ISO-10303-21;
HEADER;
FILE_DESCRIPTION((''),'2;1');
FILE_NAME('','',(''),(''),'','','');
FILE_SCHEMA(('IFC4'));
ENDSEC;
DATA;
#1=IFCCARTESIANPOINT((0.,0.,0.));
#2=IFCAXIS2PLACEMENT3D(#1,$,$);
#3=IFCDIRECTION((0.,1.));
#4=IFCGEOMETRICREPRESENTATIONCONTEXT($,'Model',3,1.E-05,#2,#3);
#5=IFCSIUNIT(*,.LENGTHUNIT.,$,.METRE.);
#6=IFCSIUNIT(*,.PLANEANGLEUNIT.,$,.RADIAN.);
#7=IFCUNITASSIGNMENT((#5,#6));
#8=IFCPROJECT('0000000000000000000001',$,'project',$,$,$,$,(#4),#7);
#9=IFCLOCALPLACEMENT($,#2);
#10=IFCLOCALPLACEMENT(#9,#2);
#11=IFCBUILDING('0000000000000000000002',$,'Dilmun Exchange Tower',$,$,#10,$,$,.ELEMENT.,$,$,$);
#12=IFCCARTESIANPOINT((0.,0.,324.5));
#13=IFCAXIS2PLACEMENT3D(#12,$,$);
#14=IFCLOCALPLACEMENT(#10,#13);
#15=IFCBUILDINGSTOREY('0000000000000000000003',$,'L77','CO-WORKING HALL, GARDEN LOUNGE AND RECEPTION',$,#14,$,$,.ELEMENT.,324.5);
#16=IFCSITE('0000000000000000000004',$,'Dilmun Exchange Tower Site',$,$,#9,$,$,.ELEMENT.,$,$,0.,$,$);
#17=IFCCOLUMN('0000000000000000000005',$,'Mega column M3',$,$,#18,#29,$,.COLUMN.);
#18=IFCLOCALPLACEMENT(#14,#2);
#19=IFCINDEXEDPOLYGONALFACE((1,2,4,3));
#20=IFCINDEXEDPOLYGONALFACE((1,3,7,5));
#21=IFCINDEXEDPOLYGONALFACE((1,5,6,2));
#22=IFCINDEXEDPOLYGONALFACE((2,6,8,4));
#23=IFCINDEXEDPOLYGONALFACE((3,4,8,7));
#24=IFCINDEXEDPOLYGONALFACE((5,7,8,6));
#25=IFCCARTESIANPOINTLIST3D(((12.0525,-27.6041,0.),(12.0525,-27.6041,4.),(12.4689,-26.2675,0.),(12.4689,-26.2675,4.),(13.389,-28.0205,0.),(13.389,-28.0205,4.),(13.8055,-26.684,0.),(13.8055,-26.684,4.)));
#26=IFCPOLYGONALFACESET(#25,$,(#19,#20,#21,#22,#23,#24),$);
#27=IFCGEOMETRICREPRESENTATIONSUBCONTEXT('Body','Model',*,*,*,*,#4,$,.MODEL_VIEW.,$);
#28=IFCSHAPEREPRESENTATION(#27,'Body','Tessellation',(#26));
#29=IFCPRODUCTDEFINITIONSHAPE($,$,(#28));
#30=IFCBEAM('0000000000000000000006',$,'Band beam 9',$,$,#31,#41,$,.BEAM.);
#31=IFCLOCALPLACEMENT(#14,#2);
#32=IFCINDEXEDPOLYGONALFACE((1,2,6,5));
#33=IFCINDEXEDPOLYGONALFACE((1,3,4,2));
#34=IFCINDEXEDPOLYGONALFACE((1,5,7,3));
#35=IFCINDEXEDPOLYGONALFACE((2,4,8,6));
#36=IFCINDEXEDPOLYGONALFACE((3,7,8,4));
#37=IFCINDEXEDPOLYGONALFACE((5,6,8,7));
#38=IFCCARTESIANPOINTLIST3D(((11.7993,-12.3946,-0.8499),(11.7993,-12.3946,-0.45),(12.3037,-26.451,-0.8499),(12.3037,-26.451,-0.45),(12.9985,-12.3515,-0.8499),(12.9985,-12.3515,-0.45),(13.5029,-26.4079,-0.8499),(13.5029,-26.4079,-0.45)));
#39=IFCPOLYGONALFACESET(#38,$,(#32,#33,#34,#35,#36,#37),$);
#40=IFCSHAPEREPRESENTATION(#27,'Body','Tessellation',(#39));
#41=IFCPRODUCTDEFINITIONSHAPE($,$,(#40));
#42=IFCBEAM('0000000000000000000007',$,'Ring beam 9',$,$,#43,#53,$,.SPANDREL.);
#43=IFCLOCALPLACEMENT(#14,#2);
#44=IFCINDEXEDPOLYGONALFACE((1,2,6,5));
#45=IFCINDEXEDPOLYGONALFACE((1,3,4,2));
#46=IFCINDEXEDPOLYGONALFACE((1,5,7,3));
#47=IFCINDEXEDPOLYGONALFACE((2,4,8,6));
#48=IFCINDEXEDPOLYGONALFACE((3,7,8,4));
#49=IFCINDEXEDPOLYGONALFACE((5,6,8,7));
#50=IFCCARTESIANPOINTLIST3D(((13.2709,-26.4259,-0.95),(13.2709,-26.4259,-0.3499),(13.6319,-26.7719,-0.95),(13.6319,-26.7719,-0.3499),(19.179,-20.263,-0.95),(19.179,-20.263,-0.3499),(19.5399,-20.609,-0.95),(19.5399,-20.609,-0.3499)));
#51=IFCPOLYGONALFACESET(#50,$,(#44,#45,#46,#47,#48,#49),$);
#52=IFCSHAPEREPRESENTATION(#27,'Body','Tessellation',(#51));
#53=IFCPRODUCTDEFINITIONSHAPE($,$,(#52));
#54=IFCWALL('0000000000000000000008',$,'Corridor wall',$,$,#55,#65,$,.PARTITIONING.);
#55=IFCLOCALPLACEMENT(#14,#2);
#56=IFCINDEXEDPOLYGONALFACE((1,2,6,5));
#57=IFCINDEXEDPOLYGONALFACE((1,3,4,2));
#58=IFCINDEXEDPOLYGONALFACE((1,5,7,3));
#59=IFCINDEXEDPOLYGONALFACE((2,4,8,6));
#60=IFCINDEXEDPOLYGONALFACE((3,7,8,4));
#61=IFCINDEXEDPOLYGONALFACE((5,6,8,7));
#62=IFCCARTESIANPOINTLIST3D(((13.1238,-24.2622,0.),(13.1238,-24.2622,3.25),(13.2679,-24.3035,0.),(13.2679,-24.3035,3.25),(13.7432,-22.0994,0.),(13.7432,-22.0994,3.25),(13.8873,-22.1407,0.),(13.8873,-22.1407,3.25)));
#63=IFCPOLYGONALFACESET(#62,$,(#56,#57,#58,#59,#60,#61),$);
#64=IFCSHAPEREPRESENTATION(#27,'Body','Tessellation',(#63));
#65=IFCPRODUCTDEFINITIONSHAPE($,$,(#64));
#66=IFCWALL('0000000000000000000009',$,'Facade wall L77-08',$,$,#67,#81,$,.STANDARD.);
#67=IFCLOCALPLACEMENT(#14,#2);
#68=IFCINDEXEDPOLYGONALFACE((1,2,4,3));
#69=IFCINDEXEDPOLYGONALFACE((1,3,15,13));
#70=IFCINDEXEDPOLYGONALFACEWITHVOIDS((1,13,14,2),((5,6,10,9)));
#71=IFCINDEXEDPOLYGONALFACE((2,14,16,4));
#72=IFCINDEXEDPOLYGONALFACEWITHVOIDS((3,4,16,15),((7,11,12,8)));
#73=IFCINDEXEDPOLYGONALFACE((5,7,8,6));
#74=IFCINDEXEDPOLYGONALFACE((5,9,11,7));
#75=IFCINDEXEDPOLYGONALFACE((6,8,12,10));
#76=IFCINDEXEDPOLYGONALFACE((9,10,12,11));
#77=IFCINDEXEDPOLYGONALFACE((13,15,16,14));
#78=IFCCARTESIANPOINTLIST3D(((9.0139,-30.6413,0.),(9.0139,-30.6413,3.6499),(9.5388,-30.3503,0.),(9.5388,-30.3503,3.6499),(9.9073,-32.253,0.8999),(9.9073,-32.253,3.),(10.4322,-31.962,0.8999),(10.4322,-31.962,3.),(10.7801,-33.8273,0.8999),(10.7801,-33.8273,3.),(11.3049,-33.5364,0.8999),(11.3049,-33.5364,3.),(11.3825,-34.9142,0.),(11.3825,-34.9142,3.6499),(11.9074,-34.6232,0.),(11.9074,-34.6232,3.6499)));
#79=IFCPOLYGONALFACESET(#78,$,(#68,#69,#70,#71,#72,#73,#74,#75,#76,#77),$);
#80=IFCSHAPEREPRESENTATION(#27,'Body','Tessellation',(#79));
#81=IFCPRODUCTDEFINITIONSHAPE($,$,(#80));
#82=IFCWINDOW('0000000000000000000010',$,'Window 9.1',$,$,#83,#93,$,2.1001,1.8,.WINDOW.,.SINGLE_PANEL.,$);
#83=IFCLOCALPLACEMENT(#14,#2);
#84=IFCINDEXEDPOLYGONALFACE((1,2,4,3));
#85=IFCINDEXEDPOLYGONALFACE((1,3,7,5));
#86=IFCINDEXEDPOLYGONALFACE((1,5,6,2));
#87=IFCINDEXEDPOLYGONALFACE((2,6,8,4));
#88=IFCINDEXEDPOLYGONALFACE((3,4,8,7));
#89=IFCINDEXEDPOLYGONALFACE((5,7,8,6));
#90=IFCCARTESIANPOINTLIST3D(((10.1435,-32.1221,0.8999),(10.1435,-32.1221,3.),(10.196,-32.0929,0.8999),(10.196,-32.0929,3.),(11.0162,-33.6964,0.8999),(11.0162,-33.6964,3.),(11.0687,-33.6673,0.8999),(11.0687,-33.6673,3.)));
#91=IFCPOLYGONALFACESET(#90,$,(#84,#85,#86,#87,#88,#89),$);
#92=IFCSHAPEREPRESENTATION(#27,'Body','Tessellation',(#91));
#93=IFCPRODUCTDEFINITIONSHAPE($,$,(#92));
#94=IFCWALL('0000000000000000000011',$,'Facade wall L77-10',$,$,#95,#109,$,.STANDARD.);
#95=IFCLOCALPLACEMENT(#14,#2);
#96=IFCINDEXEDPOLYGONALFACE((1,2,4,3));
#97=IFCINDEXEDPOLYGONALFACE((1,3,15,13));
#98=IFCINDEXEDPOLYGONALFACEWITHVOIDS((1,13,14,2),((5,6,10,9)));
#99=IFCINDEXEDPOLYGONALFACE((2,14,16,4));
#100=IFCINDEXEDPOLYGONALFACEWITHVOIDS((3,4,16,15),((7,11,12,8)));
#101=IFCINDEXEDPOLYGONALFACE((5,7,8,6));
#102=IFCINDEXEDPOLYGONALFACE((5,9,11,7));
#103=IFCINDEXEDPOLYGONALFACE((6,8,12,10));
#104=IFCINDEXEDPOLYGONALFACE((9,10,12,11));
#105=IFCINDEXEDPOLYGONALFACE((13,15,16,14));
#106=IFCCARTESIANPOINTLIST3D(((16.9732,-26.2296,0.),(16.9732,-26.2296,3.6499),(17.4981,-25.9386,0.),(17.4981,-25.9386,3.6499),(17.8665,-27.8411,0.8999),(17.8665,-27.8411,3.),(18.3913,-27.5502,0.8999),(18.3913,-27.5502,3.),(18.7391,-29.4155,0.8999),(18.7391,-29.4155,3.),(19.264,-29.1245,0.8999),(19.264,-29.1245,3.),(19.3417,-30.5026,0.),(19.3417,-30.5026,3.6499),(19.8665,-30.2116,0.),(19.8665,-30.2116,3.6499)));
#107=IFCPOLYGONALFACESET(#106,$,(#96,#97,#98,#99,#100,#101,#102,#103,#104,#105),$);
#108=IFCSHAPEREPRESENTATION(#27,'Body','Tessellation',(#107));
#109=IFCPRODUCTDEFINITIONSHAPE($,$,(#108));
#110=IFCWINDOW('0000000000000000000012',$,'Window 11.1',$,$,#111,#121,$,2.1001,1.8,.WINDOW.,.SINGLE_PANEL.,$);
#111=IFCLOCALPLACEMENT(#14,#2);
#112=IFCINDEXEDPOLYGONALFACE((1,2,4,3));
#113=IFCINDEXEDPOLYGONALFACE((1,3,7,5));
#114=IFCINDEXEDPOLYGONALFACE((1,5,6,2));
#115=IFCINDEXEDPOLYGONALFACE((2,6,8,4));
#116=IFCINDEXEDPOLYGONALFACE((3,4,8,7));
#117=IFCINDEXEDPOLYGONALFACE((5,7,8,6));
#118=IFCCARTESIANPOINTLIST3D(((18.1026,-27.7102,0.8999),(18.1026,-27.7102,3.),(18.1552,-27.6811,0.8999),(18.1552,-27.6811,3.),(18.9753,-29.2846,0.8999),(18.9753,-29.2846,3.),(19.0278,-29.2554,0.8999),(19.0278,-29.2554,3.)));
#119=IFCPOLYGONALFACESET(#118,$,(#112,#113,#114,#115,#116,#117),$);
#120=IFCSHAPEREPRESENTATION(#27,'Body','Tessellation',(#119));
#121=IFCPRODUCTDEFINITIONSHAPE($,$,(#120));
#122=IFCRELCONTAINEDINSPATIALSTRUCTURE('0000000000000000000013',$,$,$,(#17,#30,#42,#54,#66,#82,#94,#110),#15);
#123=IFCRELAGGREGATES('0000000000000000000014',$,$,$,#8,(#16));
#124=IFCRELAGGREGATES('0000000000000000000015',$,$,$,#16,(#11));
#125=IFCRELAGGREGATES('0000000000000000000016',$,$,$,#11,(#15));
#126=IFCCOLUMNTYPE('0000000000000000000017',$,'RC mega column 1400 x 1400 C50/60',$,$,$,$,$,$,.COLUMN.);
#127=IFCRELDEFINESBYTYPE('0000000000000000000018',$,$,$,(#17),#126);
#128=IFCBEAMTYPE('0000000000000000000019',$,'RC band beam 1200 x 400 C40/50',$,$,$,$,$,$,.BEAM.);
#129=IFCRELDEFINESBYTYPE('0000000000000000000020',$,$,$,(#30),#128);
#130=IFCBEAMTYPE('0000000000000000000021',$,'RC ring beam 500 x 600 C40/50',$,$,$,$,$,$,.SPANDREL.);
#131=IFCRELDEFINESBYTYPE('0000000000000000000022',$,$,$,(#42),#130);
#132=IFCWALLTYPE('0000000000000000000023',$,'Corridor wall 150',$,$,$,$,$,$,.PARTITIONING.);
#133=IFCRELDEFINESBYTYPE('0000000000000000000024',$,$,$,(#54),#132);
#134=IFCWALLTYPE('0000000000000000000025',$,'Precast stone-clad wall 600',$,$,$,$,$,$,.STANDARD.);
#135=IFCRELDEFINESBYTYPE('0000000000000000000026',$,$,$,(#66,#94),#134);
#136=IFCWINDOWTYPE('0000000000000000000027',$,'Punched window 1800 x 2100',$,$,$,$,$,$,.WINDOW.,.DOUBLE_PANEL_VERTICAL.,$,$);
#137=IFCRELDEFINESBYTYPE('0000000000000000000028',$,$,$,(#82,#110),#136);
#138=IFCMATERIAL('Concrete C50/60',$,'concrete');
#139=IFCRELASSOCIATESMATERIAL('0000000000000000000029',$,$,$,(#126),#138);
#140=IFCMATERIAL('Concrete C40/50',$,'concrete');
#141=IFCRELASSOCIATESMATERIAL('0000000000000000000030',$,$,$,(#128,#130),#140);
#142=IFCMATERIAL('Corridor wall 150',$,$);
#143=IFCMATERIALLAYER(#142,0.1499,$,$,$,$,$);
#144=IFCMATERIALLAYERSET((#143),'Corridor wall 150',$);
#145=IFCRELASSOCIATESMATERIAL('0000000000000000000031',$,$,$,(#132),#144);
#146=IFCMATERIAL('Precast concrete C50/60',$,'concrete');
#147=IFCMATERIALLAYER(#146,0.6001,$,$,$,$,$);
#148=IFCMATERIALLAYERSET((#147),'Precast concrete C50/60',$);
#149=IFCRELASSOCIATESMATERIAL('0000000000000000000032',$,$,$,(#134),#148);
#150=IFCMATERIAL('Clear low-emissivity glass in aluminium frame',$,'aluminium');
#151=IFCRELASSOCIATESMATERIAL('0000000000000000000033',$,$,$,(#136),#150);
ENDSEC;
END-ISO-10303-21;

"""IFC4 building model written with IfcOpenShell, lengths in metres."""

from ifc_helpers import new_model, si_unit, direction, frame, frame_2d, origin, origin_2d, place, context, subcontext, project, spatial, rectangle, extrude, material, layer, layer_set, material_profile, profile_set, type_object, element, fill, save


model = new_model("IFC4")

# Units and contexts
model_context = context("Model", 3, precision=1e-05, world=origin(), true_north=direction((0.0, 1.0)))
body_context = subcontext(model_context, "Body", "Model", "MODEL_VIEW")
ifc_project = project(units=[si_unit("LENGTHUNIT", "METRE"), si_unit("PLANEANGLEUNIT", "RADIAN")], contexts=[model_context])

# Site, building, storey
site_placement = place(None, origin())
site = spatial("IfcSite", under=ifc_project, at=site_placement, Name="Dilmun Exchange Tower Site", CompositionType="ELEMENT", RefElevation=0.0)
building_placement = place(site_placement, origin())
building = spatial("IfcBuilding", under=site, at=building_placement, Name="Dilmun Exchange Tower", CompositionType="ELEMENT")
storey_placement = place(building_placement, frame((0.0, 0.0, 324.5)))
storey = spatial("IfcBuildingStorey", under=building, at=storey_placement, Name="L77", Description="CO-WORKING HALL, GARDEN LOUNGE AND RECEPTION", CompositionType="ELEMENT", Elevation=324.5)

# Column
ifc_material_1 = material(Name="Concrete C50/60", Category="concrete")
ifc_material_profile_1 = material_profile(ifc_material_1, rectangle(XDim=1.3999, YDim=1.3999, at=origin_2d()), Name="1400 x 1400")
ifc_profile_set_1 = profile_set([ifc_material_profile_1], Name="Concrete C50/60")
column_type = type_object("IfcColumnType", Name="RC mega column 1400 x 1400 C50/60", PredefinedType="COLUMN", material=ifc_profile_set_1)
column_placement = place(storey_placement, frame((12.929, -27.144, 0.0), z_axis=(0.0, 0.0, 1.0), x_axis=(0.297503, 0.954721, 0.0)))
element("IfcColumn", 1, at=column_placement, inside=storey, type_object=column_type, Name="Mega column M3", PredefinedType="COLUMN", context=body_context, shape_type="SweptSolid", body=[
    extrude(rectangle(XDim=1.3999, YDim=1.3999, at=origin_2d()), origin(), (0.0, 0.0, 1.0), 4.0),
])

# Beams
ifc_material_2 = material(Name="Concrete C40/50", Category="concrete")
ifc_material_profile_2 = material_profile(ifc_material_2, rectangle(XDim=1.2, YDim=0.3999, at=origin_2d()), Name="1200 x 400")
ifc_profile_set_2 = profile_set([ifc_material_profile_2], Name="Concrete C40/50")
beam_type_1 = type_object("IfcBeamType", Name="RC band beam 1200 x 400 C40/50", PredefinedType="BEAM", material=ifc_profile_set_2)
beam_1_placement = place(storey_placement, frame((12.9033, -26.4294, -0.6499), z_axis=(-0.035861, 0.999357, 0.0), x_axis=(-0.999357, -0.035861, 0.0)))
element("IfcBeam", 2, at=beam_1_placement, inside=storey, type_object=beam_type_1, Name="Band beam 9", PredefinedType="BEAM", context=body_context, shape_type="SweptSolid", body=[
    extrude(rectangle(XDim=1.2, YDim=0.3999, at=origin_2d()), origin(), (0.0, 0.0, 1.0), 14.0654),
])
ifc_material_profile_3 = material_profile(ifc_material_2, rectangle(XDim=0.5, YDim=0.6001, at=origin_2d()), Name="500 x 600")
ifc_profile_set_3 = profile_set([ifc_material_profile_3], Name="Concrete C40/50")
beam_type_2 = type_object("IfcBeamType", Name="RC ring beam 500 x 600 C40/50", PredefinedType="SPANDREL", material=ifc_profile_set_3)
beam_2_placement = place(storey_placement, frame((13.4514, -26.5989, -0.6499), z_axis=(0.692022, 0.721877, 0.0), x_axis=(-0.721877, 0.692022, 0.0)))
element("IfcBeam", 3, at=beam_2_placement, inside=storey, type_object=beam_type_2, Name="Ring beam 9", PredefinedType="SPANDREL", context=body_context, shape_type="SweptSolid", body=[
    extrude(rectangle(XDim=0.5, YDim=0.6001, at=origin_2d()), origin(), (0.0, 0.0, 1.0), 8.5374),
])

# Wall
ifc_material_3 = material(Name="Corridor wall 150")
ifc_layer_1 = layer(ifc_material_3, 0.1499)
ifc_layer_set_1 = layer_set([ifc_layer_1], Name="Corridor wall 150")
wall_type_1 = type_object("IfcWallType", Name="Corridor wall 150", PredefinedType="PARTITIONING", material=ifc_layer_set_1)
wall_1_placement = place(storey_placement, frame((13.1958, -24.283, 0.0), z_axis=(0.0, 0.0, 1.0), x_axis=(0.275309, 0.961356, 0.0)))
element("IfcWall", 4, at=wall_1_placement, inside=storey, type_object=wall_type_1, Name="Corridor wall", PredefinedType="PARTITIONING", context=body_context, shape_type="SweptSolid", body=[
    extrude(rectangle(XDim=2.2498, YDim=0.1499, at=frame_2d((1.125, 0.0))), origin(), (0.0, 0.0, 1.0), 3.25),
])

# Walls, openings, windows
ifc_material_4 = material(Name="Precast concrete C50/60", Category="concrete")
ifc_layer_2 = layer(ifc_material_4, 0.6001)
ifc_layer_set_2 = layer_set([ifc_layer_2], Name="Precast concrete C50/60")
wall_type_2 = type_object("IfcWallType", Name="Precast stone-clad wall 600", PredefinedType="STANDARD", material=ifc_layer_set_2)
wall_2_placement = place(storey_placement, frame((11.645, -34.7688, 0.0), z_axis=(0.0, 0.0, 1.0), x_axis=(-0.484828, 0.874609, 0.0)))
wall_2 = element("IfcWall", 5, at=wall_2_placement, inside=storey, type_object=wall_type_2, Name="Facade wall L77-08", PredefinedType="STANDARD", context=body_context, shape_type="SweptSolid", body=[
    extrude(rectangle(XDim=4.8855, YDim=0.6001, at=frame_2d((2.4429, 0.0))), origin(), (0.0, 0.0, 1.0), 3.6499),
])
opening_1_placement = place(wall_2_placement, frame((1.2429, 0.0, 0.8999)))
opening_1 = element("IfcOpeningElement", 6, at=opening_1_placement, cuts=wall_2, PredefinedType="OPENING", context=body_context, shape_type="SweptSolid", body=[
    extrude(rectangle(XDim=1.8, YDim=2.1001, at=frame_2d((0.8999, 1.05))), frame((0.0, 0.3101, 0.0), z_axis=(0.0, -1.0, 0.0), x_axis=(1.0, 0.0, 0.0)), (0.0, 0.0, 1.0), 0.6201),
])
ifc_material_5 = material(Name="Clear low-emissivity glass in aluminium frame", Category="aluminium")
window_type_1 = type_object("IfcWindowType", Name="Punched window 1800 x 2100", PartitioningType="DOUBLE_PANEL_VERTICAL", PredefinedType="WINDOW", material=ifc_material_5)
window_1_placement = place(opening_1_placement, origin())
window_1 = element("IfcWindow", 7, at=window_1_placement, inside=storey, type_object=window_type_1, Name="Window 9.1", OverallHeight=2.1001, OverallWidth=1.8, PartitioningType="SINGLE_PANEL", PredefinedType="WINDOW", context=body_context, shape_type="SweptSolid", body=[
    extrude(rectangle(XDim=1.8, YDim=2.1001, at=frame_2d((0.8999, 1.05))), frame((0.0, 0.03, 0.0), z_axis=(0.0, -1.0, 0.0), x_axis=(1.0, 0.0, 0.0)), (0.0, 0.0, 1.0), 0.0601),
])
fill(opening_1, window_1)
wall_3_placement = place(storey_placement, frame((17.2356, -26.084, 0.0), z_axis=(0.0, 0.0, 1.0), x_axis=(0.48479, -0.874631, 0.0)))
wall_3 = element("IfcWall", 8, at=wall_3_placement, inside=storey, type_object=wall_type_2, Name="Facade wall L77-10", PredefinedType="STANDARD", context=body_context, shape_type="SweptSolid", body=[
    extrude(rectangle(XDim=4.8855, YDim=0.6001, at=frame_2d((2.4429, 0.0))), origin(), (0.0, 0.0, 1.0), 3.6499),
])
opening_2_placement = place(wall_3_placement, frame((1.8428, 0.0, 0.8999)))
opening_2 = element("IfcOpeningElement", 9, at=opening_2_placement, cuts=wall_3, PredefinedType="OPENING", context=body_context, shape_type="SweptSolid", body=[
    extrude(rectangle(XDim=1.8, YDim=2.1001, at=frame_2d((0.8999, 1.05))), frame((0.0, 0.3101, 0.0), z_axis=(0.0, -1.0, 0.0), x_axis=(1.0, 0.0, 0.0)), (0.0, 0.0, 1.0), 0.6201),
])
window_2_placement = place(opening_2_placement, origin())
window_2 = element("IfcWindow", 10, at=window_2_placement, inside=storey, type_object=window_type_1, Name="Window 11.1", OverallHeight=2.1001, OverallWidth=1.8, PartitioningType="SINGLE_PANEL", PredefinedType="WINDOW", context=body_context, shape_type="SweptSolid", body=[
    extrude(rectangle(XDim=1.8, YDim=2.1001, at=frame_2d((0.8999, 1.05))), frame((0.0, 0.03, 0.0), z_axis=(0.0, -1.0, 0.0), x_axis=(1.0, 0.0, 0.0)), (0.0, 0.0, 1.0), 0.0601),
])
fill(opening_2, window_2)

save(model, "model.ifc")
